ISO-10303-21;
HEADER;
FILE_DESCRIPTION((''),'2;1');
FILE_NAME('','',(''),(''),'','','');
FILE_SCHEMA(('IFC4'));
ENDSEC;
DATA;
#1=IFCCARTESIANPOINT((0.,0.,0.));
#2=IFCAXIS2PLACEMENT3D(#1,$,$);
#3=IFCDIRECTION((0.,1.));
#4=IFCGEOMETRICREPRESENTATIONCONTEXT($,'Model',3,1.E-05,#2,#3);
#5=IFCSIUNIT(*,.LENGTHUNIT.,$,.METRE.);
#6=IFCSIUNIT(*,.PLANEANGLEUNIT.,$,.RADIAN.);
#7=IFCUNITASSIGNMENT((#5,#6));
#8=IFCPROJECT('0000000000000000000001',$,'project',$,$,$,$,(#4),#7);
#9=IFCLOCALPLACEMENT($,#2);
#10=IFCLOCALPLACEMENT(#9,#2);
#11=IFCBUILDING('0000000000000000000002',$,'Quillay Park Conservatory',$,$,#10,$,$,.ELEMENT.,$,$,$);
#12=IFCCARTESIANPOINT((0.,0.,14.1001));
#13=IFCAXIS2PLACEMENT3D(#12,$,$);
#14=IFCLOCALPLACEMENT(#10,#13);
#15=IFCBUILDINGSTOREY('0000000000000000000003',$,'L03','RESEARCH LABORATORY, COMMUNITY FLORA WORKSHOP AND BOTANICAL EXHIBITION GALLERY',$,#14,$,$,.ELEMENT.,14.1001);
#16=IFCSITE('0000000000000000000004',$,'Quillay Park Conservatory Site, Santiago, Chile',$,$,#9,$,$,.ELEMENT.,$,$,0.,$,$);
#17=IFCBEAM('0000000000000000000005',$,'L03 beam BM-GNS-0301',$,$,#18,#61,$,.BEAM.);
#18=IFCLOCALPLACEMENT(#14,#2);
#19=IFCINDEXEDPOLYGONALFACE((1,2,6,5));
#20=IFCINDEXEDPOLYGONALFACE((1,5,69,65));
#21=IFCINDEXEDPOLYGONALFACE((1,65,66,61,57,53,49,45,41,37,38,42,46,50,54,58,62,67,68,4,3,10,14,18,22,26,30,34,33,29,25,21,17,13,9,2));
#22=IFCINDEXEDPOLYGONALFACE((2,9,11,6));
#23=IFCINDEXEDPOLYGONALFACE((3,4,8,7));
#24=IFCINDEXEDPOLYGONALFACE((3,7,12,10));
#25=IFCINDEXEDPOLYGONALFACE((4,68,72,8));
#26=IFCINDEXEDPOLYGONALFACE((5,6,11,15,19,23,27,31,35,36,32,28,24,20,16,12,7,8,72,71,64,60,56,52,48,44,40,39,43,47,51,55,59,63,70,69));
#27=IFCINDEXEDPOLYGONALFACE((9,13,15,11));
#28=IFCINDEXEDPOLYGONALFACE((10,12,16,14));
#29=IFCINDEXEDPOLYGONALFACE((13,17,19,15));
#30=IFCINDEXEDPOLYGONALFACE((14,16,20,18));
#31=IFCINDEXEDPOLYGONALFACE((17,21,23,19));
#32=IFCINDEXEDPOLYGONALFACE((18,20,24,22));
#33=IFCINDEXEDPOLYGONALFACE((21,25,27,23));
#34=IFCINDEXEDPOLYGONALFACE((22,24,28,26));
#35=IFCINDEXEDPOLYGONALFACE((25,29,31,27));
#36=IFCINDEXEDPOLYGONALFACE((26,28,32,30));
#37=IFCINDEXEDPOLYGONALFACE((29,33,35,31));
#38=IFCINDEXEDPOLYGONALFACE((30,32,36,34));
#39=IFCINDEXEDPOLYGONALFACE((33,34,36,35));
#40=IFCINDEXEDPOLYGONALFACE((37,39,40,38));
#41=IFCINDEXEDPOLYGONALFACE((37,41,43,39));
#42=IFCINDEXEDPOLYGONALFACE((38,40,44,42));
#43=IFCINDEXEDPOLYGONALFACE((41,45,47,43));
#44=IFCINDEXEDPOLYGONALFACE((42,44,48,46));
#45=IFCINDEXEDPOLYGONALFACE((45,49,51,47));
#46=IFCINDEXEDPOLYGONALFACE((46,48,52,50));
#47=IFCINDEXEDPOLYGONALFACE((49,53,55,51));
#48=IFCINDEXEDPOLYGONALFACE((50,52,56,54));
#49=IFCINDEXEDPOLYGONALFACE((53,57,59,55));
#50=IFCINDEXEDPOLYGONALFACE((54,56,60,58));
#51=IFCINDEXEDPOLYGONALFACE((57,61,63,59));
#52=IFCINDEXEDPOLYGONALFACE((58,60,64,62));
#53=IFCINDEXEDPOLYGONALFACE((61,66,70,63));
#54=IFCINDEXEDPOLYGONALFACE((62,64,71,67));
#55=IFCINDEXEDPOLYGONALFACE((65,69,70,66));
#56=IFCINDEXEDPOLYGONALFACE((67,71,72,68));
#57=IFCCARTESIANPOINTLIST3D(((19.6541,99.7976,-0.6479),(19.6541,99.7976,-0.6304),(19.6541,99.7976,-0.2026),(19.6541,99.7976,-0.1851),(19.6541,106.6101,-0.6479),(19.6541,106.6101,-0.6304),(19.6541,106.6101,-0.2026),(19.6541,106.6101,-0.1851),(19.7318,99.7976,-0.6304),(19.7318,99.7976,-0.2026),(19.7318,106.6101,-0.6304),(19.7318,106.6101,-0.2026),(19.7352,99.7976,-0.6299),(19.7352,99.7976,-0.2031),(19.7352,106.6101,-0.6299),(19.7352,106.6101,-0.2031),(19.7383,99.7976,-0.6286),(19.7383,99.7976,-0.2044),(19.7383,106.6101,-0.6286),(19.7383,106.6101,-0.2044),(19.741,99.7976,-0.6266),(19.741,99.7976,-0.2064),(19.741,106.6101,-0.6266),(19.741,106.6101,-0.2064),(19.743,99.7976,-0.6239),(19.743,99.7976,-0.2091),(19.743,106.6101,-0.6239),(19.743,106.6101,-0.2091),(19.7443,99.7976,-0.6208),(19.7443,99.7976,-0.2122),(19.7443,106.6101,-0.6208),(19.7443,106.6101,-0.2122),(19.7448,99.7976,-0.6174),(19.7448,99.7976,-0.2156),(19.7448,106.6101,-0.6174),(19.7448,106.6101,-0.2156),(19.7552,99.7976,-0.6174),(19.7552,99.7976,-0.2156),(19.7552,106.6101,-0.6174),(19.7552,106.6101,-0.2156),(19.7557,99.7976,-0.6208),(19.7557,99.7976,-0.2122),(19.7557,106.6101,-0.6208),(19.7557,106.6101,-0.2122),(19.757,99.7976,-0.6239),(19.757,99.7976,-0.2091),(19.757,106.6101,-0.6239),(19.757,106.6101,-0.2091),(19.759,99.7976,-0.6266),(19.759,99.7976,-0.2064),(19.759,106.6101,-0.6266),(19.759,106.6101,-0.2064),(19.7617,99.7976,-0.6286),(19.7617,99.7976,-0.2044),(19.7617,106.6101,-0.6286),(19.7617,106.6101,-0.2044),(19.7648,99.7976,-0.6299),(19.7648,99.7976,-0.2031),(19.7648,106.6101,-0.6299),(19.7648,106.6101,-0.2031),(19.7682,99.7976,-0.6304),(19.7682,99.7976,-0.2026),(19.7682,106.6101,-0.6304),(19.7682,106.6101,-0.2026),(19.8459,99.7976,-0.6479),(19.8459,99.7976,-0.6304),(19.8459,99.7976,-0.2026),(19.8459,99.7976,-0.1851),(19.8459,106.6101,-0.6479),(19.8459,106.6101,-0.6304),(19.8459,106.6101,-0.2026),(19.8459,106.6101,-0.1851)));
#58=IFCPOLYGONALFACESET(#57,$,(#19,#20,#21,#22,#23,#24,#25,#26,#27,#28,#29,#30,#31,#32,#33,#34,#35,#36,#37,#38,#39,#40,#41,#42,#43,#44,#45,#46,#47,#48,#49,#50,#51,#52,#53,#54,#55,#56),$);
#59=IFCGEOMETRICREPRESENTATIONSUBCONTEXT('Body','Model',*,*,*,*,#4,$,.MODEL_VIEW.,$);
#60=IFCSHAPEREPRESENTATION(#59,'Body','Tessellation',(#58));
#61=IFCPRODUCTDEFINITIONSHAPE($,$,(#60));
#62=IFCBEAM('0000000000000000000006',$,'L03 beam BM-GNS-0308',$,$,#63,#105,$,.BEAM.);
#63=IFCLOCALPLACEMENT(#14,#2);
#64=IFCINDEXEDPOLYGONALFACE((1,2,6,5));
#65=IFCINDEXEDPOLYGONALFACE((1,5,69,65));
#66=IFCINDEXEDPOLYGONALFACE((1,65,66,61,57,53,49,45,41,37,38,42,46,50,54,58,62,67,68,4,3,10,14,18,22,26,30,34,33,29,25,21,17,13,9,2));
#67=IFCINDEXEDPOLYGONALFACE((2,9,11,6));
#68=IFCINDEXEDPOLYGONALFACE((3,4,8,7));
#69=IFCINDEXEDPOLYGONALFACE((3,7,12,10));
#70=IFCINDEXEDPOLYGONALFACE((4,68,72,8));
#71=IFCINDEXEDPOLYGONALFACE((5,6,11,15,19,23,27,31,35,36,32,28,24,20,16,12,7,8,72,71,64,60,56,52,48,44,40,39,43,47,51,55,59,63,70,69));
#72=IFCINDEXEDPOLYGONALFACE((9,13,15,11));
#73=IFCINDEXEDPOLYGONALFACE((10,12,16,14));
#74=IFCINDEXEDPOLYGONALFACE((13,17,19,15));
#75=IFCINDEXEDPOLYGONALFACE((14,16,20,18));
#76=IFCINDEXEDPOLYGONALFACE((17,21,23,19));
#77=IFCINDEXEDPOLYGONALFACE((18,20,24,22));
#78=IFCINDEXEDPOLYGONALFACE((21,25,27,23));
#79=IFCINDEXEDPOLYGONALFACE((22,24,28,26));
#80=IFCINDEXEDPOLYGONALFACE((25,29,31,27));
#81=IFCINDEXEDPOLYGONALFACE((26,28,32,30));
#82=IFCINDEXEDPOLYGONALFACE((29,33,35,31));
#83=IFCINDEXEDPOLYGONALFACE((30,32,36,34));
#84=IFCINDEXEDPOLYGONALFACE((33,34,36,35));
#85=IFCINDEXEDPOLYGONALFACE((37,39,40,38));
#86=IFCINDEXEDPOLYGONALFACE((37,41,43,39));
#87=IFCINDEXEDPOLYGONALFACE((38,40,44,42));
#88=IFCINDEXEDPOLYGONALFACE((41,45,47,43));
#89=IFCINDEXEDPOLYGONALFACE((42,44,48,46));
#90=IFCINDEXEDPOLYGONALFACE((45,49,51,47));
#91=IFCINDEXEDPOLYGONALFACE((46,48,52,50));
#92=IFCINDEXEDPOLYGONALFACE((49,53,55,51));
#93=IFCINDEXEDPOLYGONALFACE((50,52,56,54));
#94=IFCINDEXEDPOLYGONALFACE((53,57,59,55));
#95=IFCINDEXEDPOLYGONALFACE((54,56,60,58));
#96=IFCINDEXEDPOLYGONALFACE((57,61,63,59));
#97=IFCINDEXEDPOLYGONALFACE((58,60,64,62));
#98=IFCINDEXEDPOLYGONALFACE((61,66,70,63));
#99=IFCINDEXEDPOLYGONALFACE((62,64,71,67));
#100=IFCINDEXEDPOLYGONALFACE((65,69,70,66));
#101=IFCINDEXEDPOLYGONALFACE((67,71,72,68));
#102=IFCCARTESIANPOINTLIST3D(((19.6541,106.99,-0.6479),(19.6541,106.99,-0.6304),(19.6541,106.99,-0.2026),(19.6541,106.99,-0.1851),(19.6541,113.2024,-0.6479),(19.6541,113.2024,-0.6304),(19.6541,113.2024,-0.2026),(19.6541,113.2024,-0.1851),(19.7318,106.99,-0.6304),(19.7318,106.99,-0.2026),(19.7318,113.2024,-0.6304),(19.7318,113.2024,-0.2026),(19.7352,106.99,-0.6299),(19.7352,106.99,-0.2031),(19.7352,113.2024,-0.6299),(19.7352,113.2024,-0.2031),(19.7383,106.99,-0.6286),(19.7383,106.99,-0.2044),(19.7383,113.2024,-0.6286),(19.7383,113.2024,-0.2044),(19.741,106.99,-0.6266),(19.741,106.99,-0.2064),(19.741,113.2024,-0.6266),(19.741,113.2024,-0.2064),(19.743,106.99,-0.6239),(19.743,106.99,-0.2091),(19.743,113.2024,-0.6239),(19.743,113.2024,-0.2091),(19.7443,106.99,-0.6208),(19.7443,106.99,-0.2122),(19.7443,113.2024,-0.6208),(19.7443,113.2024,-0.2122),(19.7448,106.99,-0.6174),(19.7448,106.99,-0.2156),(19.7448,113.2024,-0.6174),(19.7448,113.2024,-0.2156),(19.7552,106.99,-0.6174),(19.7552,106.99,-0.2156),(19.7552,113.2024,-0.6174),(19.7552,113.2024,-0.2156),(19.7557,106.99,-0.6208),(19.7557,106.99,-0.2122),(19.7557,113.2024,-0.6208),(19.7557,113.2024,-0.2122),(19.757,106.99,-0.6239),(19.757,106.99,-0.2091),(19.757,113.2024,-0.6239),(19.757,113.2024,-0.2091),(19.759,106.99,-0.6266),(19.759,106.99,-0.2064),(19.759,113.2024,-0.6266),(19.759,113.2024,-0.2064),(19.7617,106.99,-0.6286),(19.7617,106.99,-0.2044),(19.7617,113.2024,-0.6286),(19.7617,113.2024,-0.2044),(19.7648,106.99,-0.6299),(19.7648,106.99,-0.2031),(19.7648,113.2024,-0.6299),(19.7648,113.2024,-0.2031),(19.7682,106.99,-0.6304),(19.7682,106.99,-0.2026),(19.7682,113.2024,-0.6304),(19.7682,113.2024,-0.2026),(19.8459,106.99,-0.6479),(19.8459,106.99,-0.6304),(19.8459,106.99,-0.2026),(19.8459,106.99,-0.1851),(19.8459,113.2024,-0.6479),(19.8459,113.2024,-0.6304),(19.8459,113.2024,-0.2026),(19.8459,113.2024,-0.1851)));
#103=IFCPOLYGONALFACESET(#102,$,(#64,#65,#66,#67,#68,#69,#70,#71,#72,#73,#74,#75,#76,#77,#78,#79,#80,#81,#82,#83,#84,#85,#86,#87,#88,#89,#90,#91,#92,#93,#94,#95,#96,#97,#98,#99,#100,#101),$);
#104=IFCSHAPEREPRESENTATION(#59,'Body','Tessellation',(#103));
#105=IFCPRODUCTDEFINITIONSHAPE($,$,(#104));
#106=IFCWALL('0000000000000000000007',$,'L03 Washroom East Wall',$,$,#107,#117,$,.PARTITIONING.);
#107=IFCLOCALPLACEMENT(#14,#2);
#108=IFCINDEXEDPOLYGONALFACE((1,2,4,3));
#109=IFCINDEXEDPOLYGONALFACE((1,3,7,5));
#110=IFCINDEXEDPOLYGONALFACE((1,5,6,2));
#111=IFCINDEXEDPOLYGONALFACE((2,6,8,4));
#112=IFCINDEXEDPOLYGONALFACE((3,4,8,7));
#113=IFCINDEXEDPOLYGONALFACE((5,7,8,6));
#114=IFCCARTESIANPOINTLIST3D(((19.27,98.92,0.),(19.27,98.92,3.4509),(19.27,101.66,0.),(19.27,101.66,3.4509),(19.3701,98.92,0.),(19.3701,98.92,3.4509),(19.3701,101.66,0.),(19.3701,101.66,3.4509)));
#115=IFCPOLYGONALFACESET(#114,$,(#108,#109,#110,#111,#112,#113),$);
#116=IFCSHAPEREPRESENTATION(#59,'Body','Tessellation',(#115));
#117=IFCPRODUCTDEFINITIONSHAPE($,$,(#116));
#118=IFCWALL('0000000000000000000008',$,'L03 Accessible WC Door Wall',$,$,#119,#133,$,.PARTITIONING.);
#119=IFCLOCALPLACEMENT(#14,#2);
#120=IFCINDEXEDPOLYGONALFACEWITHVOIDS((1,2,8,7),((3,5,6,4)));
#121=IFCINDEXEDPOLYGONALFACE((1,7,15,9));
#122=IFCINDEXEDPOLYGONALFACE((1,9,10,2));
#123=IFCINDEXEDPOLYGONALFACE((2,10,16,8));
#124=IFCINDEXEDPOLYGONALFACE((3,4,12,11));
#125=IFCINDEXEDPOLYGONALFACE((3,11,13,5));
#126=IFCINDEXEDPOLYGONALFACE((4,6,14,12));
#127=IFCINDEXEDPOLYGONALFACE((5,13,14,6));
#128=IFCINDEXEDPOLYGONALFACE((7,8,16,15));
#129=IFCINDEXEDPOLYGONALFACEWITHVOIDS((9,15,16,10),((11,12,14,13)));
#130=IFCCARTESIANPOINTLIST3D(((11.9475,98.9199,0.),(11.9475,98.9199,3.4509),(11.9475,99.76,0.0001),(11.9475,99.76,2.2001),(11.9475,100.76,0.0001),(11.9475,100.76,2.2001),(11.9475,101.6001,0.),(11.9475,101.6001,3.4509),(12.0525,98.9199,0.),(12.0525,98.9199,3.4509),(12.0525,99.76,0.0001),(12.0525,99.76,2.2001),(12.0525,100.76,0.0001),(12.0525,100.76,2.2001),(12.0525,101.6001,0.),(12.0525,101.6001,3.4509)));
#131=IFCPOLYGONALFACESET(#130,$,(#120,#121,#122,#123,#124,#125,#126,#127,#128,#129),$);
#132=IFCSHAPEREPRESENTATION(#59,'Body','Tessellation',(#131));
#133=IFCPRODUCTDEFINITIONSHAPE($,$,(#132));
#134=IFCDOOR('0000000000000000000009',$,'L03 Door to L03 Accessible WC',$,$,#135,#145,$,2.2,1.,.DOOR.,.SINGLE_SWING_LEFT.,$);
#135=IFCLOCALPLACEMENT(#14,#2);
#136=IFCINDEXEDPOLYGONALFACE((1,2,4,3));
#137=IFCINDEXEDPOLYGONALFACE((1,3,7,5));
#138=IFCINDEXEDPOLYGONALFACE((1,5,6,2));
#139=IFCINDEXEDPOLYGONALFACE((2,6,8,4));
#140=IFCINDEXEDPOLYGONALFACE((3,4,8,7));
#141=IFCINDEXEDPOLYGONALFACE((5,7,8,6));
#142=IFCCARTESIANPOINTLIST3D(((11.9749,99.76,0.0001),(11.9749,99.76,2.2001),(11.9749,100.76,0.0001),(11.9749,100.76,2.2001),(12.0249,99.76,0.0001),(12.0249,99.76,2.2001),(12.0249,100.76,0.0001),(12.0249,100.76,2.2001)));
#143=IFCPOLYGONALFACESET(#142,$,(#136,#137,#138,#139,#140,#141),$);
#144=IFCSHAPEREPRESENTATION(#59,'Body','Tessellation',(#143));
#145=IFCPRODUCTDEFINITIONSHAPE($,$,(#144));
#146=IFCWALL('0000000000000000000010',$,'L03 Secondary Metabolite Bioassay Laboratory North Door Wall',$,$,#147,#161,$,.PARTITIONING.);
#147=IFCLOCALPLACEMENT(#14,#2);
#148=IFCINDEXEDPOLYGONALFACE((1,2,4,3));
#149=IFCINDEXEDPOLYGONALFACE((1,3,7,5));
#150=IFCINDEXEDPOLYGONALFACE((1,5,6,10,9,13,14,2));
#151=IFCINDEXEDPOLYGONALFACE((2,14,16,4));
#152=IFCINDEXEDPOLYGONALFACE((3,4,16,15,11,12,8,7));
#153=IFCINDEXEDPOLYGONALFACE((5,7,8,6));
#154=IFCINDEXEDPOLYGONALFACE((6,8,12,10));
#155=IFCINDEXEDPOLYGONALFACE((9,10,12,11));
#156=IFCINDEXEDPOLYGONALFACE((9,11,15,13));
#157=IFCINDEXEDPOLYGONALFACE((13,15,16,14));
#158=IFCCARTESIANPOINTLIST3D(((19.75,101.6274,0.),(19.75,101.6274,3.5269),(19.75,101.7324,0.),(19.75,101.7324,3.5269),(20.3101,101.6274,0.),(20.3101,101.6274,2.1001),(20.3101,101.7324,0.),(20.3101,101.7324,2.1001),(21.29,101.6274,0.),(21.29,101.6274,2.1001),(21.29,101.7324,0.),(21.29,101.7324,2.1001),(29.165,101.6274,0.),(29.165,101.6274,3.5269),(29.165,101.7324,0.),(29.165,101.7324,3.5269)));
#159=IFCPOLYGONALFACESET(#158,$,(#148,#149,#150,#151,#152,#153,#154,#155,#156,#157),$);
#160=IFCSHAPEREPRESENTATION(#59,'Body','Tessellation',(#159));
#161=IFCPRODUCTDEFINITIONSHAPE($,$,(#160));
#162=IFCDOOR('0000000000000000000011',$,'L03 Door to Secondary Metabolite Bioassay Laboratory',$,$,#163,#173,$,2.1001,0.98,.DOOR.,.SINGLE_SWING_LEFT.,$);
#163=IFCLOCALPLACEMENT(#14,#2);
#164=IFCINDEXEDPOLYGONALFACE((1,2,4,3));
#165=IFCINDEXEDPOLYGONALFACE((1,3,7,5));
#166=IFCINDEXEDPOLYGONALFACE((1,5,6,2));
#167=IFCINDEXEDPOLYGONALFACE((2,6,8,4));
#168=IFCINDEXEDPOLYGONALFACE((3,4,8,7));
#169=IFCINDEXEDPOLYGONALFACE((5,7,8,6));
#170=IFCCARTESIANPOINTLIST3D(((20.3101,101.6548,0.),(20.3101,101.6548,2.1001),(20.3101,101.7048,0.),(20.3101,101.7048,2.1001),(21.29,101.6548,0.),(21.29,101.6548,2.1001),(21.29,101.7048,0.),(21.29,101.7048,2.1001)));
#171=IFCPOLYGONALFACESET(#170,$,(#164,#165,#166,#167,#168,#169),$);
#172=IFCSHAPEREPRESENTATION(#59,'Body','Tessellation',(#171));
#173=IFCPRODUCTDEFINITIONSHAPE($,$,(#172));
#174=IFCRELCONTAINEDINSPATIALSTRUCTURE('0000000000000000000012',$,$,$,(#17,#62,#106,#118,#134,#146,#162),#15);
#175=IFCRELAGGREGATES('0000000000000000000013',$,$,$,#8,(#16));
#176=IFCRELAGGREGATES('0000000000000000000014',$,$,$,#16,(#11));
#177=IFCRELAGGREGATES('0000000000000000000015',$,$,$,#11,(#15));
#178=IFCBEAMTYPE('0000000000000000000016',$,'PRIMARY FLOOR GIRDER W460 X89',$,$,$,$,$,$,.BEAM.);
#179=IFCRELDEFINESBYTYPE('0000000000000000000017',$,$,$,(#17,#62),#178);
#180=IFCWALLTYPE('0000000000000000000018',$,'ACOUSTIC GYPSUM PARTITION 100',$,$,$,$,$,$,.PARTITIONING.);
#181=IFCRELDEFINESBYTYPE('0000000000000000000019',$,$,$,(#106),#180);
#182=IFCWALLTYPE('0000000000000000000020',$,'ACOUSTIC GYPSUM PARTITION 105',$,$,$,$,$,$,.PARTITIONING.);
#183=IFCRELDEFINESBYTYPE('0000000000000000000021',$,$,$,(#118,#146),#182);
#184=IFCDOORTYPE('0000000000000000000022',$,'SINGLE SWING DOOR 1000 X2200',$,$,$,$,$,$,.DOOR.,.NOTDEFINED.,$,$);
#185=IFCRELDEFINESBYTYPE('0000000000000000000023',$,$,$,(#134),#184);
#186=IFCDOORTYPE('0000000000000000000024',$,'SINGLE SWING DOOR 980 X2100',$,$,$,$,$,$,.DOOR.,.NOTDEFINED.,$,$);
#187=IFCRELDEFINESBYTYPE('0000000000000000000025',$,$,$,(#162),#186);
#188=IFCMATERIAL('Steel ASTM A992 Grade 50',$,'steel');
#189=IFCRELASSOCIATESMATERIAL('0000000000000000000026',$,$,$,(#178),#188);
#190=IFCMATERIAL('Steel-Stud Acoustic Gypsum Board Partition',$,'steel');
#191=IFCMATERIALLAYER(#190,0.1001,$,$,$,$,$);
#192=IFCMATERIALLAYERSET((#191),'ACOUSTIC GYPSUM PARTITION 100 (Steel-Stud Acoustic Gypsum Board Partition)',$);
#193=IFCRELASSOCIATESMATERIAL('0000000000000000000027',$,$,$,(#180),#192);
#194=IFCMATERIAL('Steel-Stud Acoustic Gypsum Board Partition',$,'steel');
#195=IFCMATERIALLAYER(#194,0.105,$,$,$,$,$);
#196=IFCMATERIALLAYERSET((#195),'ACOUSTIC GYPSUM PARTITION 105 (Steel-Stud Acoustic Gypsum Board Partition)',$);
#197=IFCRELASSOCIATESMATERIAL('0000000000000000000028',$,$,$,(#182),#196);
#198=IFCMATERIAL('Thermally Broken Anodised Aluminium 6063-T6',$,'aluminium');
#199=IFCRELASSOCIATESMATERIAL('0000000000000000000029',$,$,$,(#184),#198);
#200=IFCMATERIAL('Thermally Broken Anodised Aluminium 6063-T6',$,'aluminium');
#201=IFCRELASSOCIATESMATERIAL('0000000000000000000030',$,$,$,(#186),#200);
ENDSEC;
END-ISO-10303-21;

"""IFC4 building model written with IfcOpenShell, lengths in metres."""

from ifc_helpers import new_model, si_unit, direction, frame, frame_2d, origin, origin_2d, place, context, subcontext, project, spatial, rectangle, i_section, extrude, material, layer, layer_set, material_profile, profile_set, type_object, element, fill, save


model = new_model("IFC4")

# Units and contexts
model_context = context("Model", 3, precision=1e-05, world=origin(), true_north=direction((0.0, 1.0)))
body_context = subcontext(model_context, "Body", "Model", "MODEL_VIEW")
ifc_project = project(units=[si_unit("LENGTHUNIT", "METRE"), si_unit("PLANEANGLEUNIT", "RADIAN")], contexts=[model_context])

# Site, building, storey
site_placement = place(None, origin())
site = spatial("IfcSite", under=ifc_project, at=site_placement, Name="Quillay Park Conservatory Site, Santiago, Chile", CompositionType="ELEMENT", RefElevation=0.0)
building_placement = place(site_placement, origin())
building = spatial("IfcBuilding", under=site, at=building_placement, Name="Quillay Park Conservatory", CompositionType="ELEMENT")
storey_placement = place(building_placement, frame((0.0, 0.0, 14.1001)))
storey = spatial("IfcBuildingStorey", under=building, at=storey_placement, Name="L03", Description="RESEARCH LABORATORY, COMMUNITY FLORA WORKSHOP AND BOTANICAL EXHIBITION GALLERY", CompositionType="ELEMENT", Elevation=14.1001)

# Beams
ifc_material_1 = material(Name="Steel ASTM A992 Grade 50", Category="steel")
ifc_material_profile_1 = material_profile(ifc_material_1, i_section(OverallWidth=0.1919, OverallDepth=0.4629, WebThickness=0.0105, FlangeThickness=0.0176, FilletRadius=0.0129, at=origin_2d()), Name="W460x89")
ifc_profile_set_1 = profile_set([ifc_material_profile_1], Name="Steel ASTM A992 Grade 50")
beam_type = type_object("IfcBeamType", Name="PRIMARY FLOOR GIRDER W460 X89", PredefinedType="BEAM", material=ifc_profile_set_1)
beam_1_placement = place(storey_placement, frame((19.75, 99.7976, -0.4165), z_axis=(0.0, 1.0, 0.0), x_axis=(-1.0, 0.0, 0.0)))
element("IfcBeam", 1, at=beam_1_placement, inside=storey, type_object=beam_type, Name="L03 beam BM-GNS-0301", PredefinedType="BEAM", context=body_context, shape_type="SweptSolid", body=[
    extrude(i_section(OverallWidth=0.1919, OverallDepth=0.4629, WebThickness=0.0105, FlangeThickness=0.0176, FilletRadius=0.0129, at=origin_2d()), origin(), (0.0, 0.0, 1.0), 6.8125),
])
beam_2_placement = place(storey_placement, frame((19.75, 106.99, -0.4165), z_axis=(0.0, 1.0, 0.0), x_axis=(-1.0, 0.0, 0.0)))
element("IfcBeam", 2, at=beam_2_placement, inside=storey, type_object=beam_type, Name="L03 beam BM-GNS-0308", PredefinedType="BEAM", context=body_context, shape_type="SweptSolid", body=[
    extrude(i_section(OverallWidth=0.1919, OverallDepth=0.4629, WebThickness=0.0105, FlangeThickness=0.0176, FilletRadius=0.0129, at=origin_2d()), origin(), (0.0, 0.0, 1.0), 6.2124),
])

# Wall
ifc_material_2 = material(Name="Steel-Stud Acoustic Gypsum Board Partition", Category="steel")
ifc_layer_1 = layer(ifc_material_2, 0.1001)
ifc_layer_set_1 = layer_set([ifc_layer_1], Name="ACOUSTIC GYPSUM PARTITION 100 (Steel-Stud Acoustic Gypsum Board Partition)")
wall_type_1 = type_object("IfcWallType", Name="ACOUSTIC GYPSUM PARTITION 100", PredefinedType="PARTITIONING", material=ifc_layer_set_1)
wall_1_placement = place(storey_placement, frame((19.3201, 98.9199, 0.0), z_axis=(0.0, 0.0, 1.0), x_axis=(0.0, 1.0, 0.0)))
element("IfcWall", 3, at=wall_1_placement, inside=storey, type_object=wall_type_1, Name="L03 Washroom East Wall", PredefinedType="PARTITIONING", context=body_context, shape_type="SweptSolid", body=[
    extrude(rectangle(XDim=2.74, YDim=0.1001, at=frame_2d((1.3701, 0.0))), origin(), (0.0, 0.0, 1.0), 3.4509),
])

# Walls, openings, doors
ifc_material_3 = material(Name="Steel-Stud Acoustic Gypsum Board Partition", Category="steel")
ifc_layer_2 = layer(ifc_material_3, 0.105)
ifc_layer_set_2 = layer_set([ifc_layer_2], Name="ACOUSTIC GYPSUM PARTITION 105 (Steel-Stud Acoustic Gypsum Board Partition)")
wall_type_2 = type_object("IfcWallType", Name="ACOUSTIC GYPSUM PARTITION 105", PredefinedType="PARTITIONING", material=ifc_layer_set_2)
wall_2_placement = place(storey_placement, frame((12.0, 101.6001, 0.0), z_axis=(0.0, 0.0, 1.0), x_axis=(0.0, -1.0, 0.0)))
wall_2 = element("IfcWall", 4, at=wall_2_placement, inside=storey, type_object=wall_type_2, Name="L03 Accessible WC Door Wall", PredefinedType="PARTITIONING", context=body_context, shape_type="SweptSolid", body=[
    extrude(rectangle(XDim=2.6802, YDim=0.105, at=frame_2d((1.3401, 0.0))), origin(), (0.0, 0.0, 1.0), 3.4509),
])
opening_1_placement = place(wall_2_placement, frame((0.8401, 0.0, 0.0)))
opening_1 = element("IfcOpeningElement", 5, at=opening_1_placement, cuts=wall_2, PredefinedType="OPENING", context=body_context, shape_type="SweptSolid", body=[
    extrude(rectangle(XDim=1.0, YDim=2.2, at=frame_2d((0.5, 1.1001))), frame((0.0, 0.0525, 0.0), z_axis=(0.0, -1.0, 0.0), x_axis=(1.0, 0.0, 0.0)), (0.0, 0.0, 1.0), 0.105),
])
ifc_material_4 = material(Name="Thermally Broken Anodised Aluminium 6063-T6", Category="aluminium")
door_type_1 = type_object("IfcDoorType", Name="SINGLE SWING DOOR 1000 X2200", OperationType="NOTDEFINED", PredefinedType="DOOR", material=ifc_material_4)
door_1_placement = place(opening_1_placement, origin())
door_1 = element("IfcDoor", 6, at=door_1_placement, inside=storey, type_object=door_type_1, Name="L03 Door to L03 Accessible WC", OperationType="SINGLE_SWING_LEFT", OverallHeight=2.2, OverallWidth=1.0, PredefinedType="DOOR", context=body_context, shape_type="SweptSolid", body=[
    extrude(rectangle(XDim=1.0, YDim=2.2, at=frame_2d((0.5, 1.1001))), frame((0.0, 0.0249, 0.0), z_axis=(0.0, -1.0, 0.0), x_axis=(1.0, 0.0, 0.0)), (0.0, 0.0, 1.0), 0.05),
])
fill(opening_1, door_1)
wall_3_placement = place(storey_placement, frame((19.75, 101.6799, 0.0), z_axis=(0.0, 0.0, 1.0), x_axis=(1.0, 0.0, 0.0)))
wall_3 = element("IfcWall", 7, at=wall_3_placement, inside=storey, type_object=wall_type_2, Name="L03 Secondary Metabolite Bioassay Laboratory North Door Wall", PredefinedType="PARTITIONING", context=body_context, shape_type="SweptSolid", body=[
    extrude(rectangle(XDim=9.415, YDim=0.105, at=frame_2d((4.7075, 0.0))), origin(), (0.0, 0.0, 1.0), 3.5269),
])
opening_2_placement = place(wall_3_placement, frame((0.5601, 0.0, 0.0)))
opening_2 = element("IfcOpeningElement", 8, at=opening_2_placement, cuts=wall_3, PredefinedType="OPENING", context=body_context, shape_type="SweptSolid", body=[
    extrude(rectangle(XDim=0.98, YDim=2.1001, at=frame_2d((0.49, 1.05))), frame((0.0, 0.0525, 0.0), z_axis=(0.0, -1.0, 0.0), x_axis=(1.0, 0.0, 0.0)), (0.0, 0.0, 1.0), 0.105),
])
ifc_material_5 = material(Name="Thermally Broken Anodised Aluminium 6063-T6", Category="aluminium")
door_type_2 = type_object("IfcDoorType", Name="SINGLE SWING DOOR 980 X2100", OperationType="NOTDEFINED", PredefinedType="DOOR", material=ifc_material_5)
door_2_placement = place(opening_2_placement, origin())
door_2 = element("IfcDoor", 9, at=door_2_placement, inside=storey, type_object=door_type_2, Name="L03 Door to Secondary Metabolite Bioassay Laboratory", OperationType="SINGLE_SWING_LEFT", OverallHeight=2.1001, OverallWidth=0.98, PredefinedType="DOOR", context=body_context, shape_type="SweptSolid", body=[
    extrude(rectangle(XDim=0.98, YDim=2.1001, at=frame_2d((0.49, 1.05))), frame((0.0, 0.0249, 0.0), z_axis=(0.0, -1.0, 0.0), x_axis=(1.0, 0.0, 0.0)), (0.0, 0.0, 1.0), 0.05),
])
fill(opening_2, door_2)

save(model, "model.ifc")
